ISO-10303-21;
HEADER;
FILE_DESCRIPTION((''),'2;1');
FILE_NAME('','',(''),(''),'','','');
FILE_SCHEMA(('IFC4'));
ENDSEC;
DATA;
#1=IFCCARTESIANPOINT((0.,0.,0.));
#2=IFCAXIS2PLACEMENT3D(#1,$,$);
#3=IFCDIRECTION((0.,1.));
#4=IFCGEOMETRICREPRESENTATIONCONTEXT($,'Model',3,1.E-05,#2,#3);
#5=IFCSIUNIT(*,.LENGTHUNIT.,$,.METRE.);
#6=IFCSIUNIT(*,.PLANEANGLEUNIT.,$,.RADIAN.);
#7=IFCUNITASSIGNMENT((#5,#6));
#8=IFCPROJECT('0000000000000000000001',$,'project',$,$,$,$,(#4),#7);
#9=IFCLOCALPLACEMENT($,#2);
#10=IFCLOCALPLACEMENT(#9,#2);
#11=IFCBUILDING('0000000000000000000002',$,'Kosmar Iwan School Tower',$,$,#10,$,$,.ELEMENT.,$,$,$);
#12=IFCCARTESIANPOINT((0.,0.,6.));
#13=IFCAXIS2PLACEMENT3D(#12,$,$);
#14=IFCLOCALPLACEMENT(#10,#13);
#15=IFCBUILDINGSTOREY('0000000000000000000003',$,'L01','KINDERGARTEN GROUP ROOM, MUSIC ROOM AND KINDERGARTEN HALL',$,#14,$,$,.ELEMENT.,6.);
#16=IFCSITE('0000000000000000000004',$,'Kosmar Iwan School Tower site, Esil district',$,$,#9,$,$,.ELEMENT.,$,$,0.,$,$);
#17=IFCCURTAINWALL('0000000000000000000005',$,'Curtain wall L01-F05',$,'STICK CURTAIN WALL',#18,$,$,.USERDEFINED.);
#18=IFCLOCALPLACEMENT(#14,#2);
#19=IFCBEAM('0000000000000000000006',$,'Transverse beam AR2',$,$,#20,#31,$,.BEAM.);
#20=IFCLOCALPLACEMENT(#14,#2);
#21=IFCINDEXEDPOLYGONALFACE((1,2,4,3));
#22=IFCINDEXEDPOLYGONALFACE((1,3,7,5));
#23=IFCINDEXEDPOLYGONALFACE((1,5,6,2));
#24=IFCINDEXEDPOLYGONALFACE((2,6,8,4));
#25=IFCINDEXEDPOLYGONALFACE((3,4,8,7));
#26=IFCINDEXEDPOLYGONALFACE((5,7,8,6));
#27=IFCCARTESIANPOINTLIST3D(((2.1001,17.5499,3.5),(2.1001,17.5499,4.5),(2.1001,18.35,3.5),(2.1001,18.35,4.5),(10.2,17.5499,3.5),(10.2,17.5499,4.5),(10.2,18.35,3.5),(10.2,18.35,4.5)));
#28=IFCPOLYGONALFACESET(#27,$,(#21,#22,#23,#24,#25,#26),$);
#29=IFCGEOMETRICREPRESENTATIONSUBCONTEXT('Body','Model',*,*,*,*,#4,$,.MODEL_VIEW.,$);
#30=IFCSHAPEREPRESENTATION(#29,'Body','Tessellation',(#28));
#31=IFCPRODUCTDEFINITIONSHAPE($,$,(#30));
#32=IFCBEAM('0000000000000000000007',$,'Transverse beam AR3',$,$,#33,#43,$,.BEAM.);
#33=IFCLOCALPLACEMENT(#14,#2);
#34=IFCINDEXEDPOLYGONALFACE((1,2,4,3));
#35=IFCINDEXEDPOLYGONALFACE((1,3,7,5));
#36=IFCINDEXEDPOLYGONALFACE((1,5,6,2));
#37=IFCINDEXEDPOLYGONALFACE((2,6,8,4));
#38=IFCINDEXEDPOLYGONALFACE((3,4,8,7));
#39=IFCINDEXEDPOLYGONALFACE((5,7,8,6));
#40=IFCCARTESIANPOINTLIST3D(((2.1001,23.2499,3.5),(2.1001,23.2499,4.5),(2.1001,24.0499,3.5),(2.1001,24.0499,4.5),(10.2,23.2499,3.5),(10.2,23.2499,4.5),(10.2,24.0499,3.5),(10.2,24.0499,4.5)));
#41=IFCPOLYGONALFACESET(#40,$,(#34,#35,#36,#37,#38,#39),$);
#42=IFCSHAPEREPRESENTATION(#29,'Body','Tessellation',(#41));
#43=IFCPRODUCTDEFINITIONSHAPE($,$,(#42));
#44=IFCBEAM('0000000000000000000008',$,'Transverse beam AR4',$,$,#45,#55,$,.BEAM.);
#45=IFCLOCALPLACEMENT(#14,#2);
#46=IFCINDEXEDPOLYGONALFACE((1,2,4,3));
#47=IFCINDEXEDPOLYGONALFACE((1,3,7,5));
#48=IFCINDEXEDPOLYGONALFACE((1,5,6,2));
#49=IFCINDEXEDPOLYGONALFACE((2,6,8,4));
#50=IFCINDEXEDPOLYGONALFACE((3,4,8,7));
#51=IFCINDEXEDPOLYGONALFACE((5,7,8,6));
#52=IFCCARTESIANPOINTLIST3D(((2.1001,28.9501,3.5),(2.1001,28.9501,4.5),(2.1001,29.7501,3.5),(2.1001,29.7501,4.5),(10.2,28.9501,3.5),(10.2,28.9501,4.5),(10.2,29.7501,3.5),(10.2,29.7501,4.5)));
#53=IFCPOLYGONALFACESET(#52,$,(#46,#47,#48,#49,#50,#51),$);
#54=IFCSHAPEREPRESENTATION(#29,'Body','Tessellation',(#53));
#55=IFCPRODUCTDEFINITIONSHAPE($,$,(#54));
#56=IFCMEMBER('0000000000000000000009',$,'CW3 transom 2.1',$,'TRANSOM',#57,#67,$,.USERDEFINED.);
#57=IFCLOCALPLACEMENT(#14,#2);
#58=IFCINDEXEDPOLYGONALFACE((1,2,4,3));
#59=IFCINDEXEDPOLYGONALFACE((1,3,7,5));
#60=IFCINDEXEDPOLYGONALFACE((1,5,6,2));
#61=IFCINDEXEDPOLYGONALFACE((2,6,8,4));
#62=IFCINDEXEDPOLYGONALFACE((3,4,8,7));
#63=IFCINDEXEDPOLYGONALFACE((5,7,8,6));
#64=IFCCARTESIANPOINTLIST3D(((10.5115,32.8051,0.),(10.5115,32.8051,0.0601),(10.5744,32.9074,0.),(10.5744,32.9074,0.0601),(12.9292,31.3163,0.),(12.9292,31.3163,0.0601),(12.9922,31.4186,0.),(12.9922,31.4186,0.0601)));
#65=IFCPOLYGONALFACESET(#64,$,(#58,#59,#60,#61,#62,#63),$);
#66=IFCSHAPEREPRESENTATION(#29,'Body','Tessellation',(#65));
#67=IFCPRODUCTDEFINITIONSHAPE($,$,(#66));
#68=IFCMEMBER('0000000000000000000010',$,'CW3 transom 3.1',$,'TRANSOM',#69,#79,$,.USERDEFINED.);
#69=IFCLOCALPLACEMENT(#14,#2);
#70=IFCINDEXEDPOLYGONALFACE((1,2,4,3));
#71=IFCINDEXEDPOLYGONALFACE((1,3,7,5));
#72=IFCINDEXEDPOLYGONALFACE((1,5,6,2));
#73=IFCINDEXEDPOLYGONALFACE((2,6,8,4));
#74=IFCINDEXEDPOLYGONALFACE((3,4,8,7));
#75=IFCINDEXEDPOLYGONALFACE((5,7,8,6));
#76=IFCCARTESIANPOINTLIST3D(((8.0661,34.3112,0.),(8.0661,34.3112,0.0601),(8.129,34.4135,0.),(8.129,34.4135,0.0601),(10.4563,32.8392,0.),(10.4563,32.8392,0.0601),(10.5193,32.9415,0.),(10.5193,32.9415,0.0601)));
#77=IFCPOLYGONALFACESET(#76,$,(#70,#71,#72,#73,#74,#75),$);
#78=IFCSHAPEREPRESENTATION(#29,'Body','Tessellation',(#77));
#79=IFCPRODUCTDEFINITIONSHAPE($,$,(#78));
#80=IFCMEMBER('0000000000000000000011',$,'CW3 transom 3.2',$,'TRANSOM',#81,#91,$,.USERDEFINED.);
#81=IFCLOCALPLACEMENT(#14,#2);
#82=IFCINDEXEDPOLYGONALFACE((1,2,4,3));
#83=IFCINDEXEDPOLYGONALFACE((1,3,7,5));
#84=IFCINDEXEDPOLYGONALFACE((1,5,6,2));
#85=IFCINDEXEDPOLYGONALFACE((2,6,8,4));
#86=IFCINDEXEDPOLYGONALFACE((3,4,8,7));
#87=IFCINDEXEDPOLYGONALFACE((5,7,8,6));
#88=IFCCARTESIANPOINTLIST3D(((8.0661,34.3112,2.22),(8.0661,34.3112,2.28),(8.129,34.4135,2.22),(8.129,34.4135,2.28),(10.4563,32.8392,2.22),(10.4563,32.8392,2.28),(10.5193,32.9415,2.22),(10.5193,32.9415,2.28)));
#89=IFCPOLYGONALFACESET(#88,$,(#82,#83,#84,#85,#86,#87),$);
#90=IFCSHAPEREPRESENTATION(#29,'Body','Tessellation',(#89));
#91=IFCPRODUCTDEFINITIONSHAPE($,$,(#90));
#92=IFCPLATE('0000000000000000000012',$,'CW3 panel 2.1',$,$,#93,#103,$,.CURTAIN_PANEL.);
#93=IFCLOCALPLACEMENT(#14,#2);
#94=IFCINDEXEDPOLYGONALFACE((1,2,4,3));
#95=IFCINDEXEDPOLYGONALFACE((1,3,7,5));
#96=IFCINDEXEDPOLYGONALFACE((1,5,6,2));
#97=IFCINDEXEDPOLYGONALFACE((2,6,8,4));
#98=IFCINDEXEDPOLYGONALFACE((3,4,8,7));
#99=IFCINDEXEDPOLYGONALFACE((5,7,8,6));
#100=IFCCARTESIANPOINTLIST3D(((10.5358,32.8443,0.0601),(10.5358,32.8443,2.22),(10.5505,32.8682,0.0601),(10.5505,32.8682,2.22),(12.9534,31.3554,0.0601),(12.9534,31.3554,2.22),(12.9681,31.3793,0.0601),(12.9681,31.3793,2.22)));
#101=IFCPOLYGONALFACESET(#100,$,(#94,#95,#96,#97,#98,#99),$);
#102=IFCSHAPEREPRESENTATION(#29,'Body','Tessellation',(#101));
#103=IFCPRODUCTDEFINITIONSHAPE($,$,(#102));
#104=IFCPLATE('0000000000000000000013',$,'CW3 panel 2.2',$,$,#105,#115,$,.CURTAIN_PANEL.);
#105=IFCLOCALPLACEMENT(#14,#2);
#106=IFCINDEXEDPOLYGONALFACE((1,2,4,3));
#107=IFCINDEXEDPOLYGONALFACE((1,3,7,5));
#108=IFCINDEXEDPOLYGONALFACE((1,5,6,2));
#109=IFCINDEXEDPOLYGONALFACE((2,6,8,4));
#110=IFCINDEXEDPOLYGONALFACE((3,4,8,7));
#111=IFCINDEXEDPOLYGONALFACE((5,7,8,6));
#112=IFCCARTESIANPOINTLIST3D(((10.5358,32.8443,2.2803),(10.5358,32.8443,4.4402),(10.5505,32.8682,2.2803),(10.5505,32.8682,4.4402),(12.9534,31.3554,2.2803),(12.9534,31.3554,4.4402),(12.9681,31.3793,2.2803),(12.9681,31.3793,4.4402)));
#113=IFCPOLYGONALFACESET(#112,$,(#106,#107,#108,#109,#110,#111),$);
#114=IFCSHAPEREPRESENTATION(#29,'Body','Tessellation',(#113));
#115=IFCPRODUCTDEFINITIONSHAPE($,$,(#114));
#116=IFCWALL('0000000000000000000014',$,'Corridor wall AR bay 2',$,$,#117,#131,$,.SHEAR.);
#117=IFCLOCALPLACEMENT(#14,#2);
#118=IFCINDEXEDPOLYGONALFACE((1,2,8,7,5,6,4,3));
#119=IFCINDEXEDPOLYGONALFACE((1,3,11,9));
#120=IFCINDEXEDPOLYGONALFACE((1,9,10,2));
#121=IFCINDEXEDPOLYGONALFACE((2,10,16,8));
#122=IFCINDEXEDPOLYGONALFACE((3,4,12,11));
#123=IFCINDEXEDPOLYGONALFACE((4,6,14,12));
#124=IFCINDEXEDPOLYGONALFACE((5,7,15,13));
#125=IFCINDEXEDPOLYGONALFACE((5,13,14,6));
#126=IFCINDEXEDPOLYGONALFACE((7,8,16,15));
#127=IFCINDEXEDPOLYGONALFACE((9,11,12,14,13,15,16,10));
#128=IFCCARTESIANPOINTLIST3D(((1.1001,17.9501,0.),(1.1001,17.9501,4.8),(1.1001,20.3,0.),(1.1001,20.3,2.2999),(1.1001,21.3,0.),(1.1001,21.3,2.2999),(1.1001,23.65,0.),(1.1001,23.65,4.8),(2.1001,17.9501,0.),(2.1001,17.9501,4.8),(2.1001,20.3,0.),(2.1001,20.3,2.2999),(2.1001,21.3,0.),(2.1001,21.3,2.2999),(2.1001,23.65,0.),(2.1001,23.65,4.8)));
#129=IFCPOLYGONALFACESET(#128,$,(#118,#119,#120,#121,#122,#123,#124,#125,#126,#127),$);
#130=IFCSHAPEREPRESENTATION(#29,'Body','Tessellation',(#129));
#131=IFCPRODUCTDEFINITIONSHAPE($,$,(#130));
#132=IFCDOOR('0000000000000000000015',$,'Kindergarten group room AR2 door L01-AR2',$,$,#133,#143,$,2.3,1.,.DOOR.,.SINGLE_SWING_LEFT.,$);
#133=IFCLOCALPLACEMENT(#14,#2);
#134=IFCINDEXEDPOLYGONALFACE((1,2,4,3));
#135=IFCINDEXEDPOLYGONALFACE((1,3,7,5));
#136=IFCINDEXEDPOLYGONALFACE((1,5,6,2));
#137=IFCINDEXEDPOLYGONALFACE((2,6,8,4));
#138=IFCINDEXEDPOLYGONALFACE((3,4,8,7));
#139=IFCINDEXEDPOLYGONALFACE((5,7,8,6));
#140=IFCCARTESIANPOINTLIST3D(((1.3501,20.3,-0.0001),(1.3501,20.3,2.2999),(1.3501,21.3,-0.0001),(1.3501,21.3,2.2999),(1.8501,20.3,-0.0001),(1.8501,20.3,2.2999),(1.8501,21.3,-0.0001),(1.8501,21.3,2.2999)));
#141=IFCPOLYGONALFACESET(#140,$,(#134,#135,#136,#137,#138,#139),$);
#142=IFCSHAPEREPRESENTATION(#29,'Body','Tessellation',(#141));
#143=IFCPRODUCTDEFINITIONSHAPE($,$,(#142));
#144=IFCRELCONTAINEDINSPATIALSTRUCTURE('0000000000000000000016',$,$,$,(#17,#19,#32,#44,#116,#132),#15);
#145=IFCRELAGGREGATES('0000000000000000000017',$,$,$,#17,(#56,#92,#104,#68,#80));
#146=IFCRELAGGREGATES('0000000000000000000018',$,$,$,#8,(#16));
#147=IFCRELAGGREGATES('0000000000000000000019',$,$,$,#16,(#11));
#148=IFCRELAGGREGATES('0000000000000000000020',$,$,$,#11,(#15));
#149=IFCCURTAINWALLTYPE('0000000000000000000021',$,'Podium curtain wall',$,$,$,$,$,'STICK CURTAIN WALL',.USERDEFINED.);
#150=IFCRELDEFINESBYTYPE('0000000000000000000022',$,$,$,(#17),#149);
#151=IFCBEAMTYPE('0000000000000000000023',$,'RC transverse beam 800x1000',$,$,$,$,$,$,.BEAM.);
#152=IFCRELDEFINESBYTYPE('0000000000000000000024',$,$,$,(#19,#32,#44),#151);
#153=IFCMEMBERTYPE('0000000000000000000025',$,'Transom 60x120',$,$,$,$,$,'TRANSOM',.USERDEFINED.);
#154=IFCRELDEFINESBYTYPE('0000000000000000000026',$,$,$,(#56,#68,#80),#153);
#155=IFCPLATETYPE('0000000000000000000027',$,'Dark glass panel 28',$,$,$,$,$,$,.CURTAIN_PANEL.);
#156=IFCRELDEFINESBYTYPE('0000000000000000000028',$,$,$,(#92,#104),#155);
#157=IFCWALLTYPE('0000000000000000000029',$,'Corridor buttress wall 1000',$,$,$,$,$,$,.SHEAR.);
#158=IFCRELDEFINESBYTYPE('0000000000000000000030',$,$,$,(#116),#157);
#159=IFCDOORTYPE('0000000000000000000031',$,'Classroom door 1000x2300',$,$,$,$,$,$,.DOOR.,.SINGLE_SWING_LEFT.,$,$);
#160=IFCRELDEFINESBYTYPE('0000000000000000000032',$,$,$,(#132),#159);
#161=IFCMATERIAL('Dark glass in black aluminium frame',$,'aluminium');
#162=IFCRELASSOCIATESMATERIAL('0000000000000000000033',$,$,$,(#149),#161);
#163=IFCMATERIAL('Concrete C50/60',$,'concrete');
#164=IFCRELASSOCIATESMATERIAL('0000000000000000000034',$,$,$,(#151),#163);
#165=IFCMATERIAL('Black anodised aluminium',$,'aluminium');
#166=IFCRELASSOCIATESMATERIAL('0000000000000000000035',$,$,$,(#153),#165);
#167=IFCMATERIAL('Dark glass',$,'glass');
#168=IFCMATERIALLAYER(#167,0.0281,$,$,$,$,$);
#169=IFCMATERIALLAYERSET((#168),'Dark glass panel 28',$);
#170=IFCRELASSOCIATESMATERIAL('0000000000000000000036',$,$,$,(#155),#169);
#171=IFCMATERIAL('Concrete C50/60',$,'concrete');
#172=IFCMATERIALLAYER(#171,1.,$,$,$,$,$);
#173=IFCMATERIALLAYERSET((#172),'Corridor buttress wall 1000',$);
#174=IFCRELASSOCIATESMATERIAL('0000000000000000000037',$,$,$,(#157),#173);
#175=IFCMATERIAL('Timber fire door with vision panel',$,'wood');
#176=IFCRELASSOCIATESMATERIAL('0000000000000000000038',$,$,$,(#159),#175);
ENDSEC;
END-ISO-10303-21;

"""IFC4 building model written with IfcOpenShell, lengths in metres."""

from ifc_helpers import new_model, si_unit, direction, frame, frame_2d, origin, origin_2d, place, context, subcontext, project, spatial, rectangle, extrude, material, layer, layer_set, material_profile, profile_set, type_object, element, fill, aggregate, save


model = new_model("IFC4")

# Units and contexts
model_context = context("Model", 3, precision=1e-05, world=origin(), true_north=direction((0.0, 1.0)))
body_context = subcontext(model_context, "Body", "Model", "MODEL_VIEW")
ifc_project = project(units=[si_unit("LENGTHUNIT", "METRE"), si_unit("PLANEANGLEUNIT", "RADIAN")], contexts=[model_context])

# Site, building, storey
site_placement = place(None, origin())
site = spatial("IfcSite", under=ifc_project, at=site_placement, Name="Kosmar Iwan School Tower site, Esil district", CompositionType="ELEMENT", RefElevation=0.0)
building_placement = place(site_placement, origin())
building = spatial("IfcBuilding", under=site, at=building_placement, Name="Kosmar Iwan School Tower", CompositionType="ELEMENT")
storey_placement = place(building_placement, frame((0.0, 0.0, 6.0)))
storey = spatial("IfcBuildingStorey", under=building, at=storey_placement, Name="L01", Description="KINDERGARTEN GROUP ROOM, MUSIC ROOM AND KINDERGARTEN HALL", CompositionType="ELEMENT", Elevation=6.0)

# Curtain wall
ifc_material_1 = material(Name="Dark glass in black aluminium frame", Category="aluminium")
curtain_wall_type = type_object("IfcCurtainWallType", Name="Podium curtain wall", ElementType="STICK CURTAIN WALL", PredefinedType="USERDEFINED", material=ifc_material_1)
curtain_wall_placement = place(storey_placement, origin())
curtain_wall = element("IfcCurtainWall", 1, at=curtain_wall_placement, inside=storey, type_object=curtain_wall_type, Name="Curtain wall L01-F05", ObjectType="STICK CURTAIN WALL", PredefinedType="USERDEFINED")

# Beams
ifc_material_2 = material(Name="Concrete C50/60", Category="concrete")
ifc_material_profile_1 = material_profile(ifc_material_2, rectangle(XDim=0.8, YDim=1.0, at=origin_2d()), Name="RC 800x1000")
ifc_profile_set_1 = profile_set([ifc_material_profile_1], Name="Concrete C50/60")
beam_type_1 = type_object("IfcBeamType", Name="RC transverse beam 800x1000", PredefinedType="BEAM", material=ifc_profile_set_1)
for number, where, z_axis, x_axis, name in (
    (2, (10.2, 17.95, 4.0), (-1.0, 0.0, 0.0), (0.0, -1.0, 0.0), "Transverse beam AR2"),
    (3, (10.2, 23.6499, 4.0), (-1.0, 0.0, 0.0), (0.0, -1.0, 0.0), "Transverse beam AR3"),
    (4, (10.2, 29.3501, 4.0), (-1.0, 0.0, 0.0), (0.0, -1.0, 0.0), "Transverse beam AR4"),
):
    element("IfcBeam", number, at=place(storey_placement, frame(where, z_axis=z_axis, x_axis=x_axis)), inside=storey, type_object=beam_type_1, Name=name, PredefinedType="BEAM", context=body_context, shape_type="SweptSolid", body=[
        extrude(rectangle(XDim=0.8, YDim=1.0, at=origin_2d()), origin(), (0.0, 0.0, 1.0), 8.0999),
    ])

# Members
ifc_material_3 = material(Name="Black anodised aluminium", Category="aluminium")
ifc_material_profile_2 = material_profile(ifc_material_3, rectangle(XDim=0.1201, YDim=0.0601, at=origin_2d()), Name="TRANSOM 60x120")
ifc_profile_set_2 = profile_set([ifc_material_profile_2], Name="Black anodised aluminium")
member_type_1 = type_object("IfcMemberType", Name="Transom 60x120", ElementType="TRANSOM", PredefinedType="USERDEFINED", material=ifc_profile_set_2)
member_1_placement = place(storey_placement, frame((12.9607, 31.3674, 0.03), z_axis=(-0.851511, 0.524337, 0.0), x_axis=(-0.524337, -0.851511, 0.0)))
member_1 = element("IfcMember", 5, at=member_1_placement, type_object=member_type_1, Name="CW3 transom 2.1", ObjectType="TRANSOM", PredefinedType="USERDEFINED", context=body_context, shape_type="SweptSolid", body=[
    extrude(rectangle(XDim=0.1201, YDim=0.0601, at=origin_2d()), origin(), (0.0, 0.0, 1.0), 2.8394),
])
member_2_placement = place(storey_placement, frame((10.4878, 32.8904, 0.03), z_axis=(-0.851488, 0.524374, 0.0), x_axis=(-0.524374, -0.851488, 0.0)))
member_2 = element("IfcMember", 6, at=member_2_placement, type_object=member_type_1, Name="CW3 transom 3.1", ObjectType="TRANSOM", PredefinedType="USERDEFINED", context=body_context, shape_type="SweptSolid", body=[
    extrude(rectangle(XDim=0.1201, YDim=0.0601, at=origin_2d()), origin(), (0.0, 0.0, 1.0), 2.8071),
])
member_3_placement = place(storey_placement, frame((10.4878, 32.8904, 2.25), z_axis=(-0.851488, 0.524374, 0.0), x_axis=(-0.524374, -0.851488, 0.0)))
member_3 = element("IfcMember", 7, at=member_3_placement, type_object=member_type_1, Name="CW3 transom 3.2", ObjectType="TRANSOM", PredefinedType="USERDEFINED", context=body_context, shape_type="SweptSolid", body=[
    extrude(rectangle(XDim=0.1201, YDim=0.0601, at=origin_2d()), origin(), (0.0, 0.0, 1.0), 2.8071),
])

# Plates
ifc_material_4 = material(Name="Dark glass", Category="glass")
ifc_layer_1 = layer(ifc_material_4, 0.0281)
ifc_layer_set_1 = layer_set([ifc_layer_1], Name="Dark glass panel 28")
plate_type = type_object("IfcPlateType", Name="Dark glass panel 28", PredefinedType="CURTAIN_PANEL", material=ifc_layer_set_1)
plate_1_placement = place(storey_placement, frame((11.752, 32.1118, 0.0601), z_axis=(0.0, 0.0, 1.0), x_axis=(-0.851483, 0.524382, 0.0)))
plate_1 = element("IfcPlate", 8, at=plate_1_placement, type_object=plate_type, Name="CW3 panel 2.1", PredefinedType="CURTAIN_PANEL", context=body_context, shape_type="SweptSolid", body=[
    extrude(rectangle(XDim=2.8394, YDim=0.0281, at=origin_2d()), origin(), (0.0, 0.0, 1.0), 2.1599),
])
plate_2_placement = place(storey_placement, frame((11.752, 32.1118, 2.2803), z_axis=(0.0, 0.0, 1.0), x_axis=(-0.851483, 0.524382, 0.0)))
plate_2 = element("IfcPlate", 9, at=plate_2_placement, type_object=plate_type, Name="CW3 panel 2.2", PredefinedType="CURTAIN_PANEL", context=body_context, shape_type="SweptSolid", body=[
    extrude(rectangle(XDim=2.8394, YDim=0.0281, at=origin_2d()), origin(), (0.0, 0.0, 1.0), 2.1599),
])
aggregate(curtain_wall, [member_1, plate_1, plate_2, member_2, member_3])

# Wall, opening, door
ifc_material_5 = material(Name="Concrete C50/60", Category="concrete")
ifc_layer_2 = layer(ifc_material_5, 1.0)
ifc_layer_set_2 = layer_set([ifc_layer_2], Name="Corridor buttress wall 1000")
wall_type_1 = type_object("IfcWallType", Name="Corridor buttress wall 1000", PredefinedType="SHEAR", material=ifc_layer_set_2)
wall_1_placement = place(storey_placement, frame((1.6001, 17.95, 0.0), z_axis=(0.0, 0.0, 1.0), x_axis=(0.0, 1.0, 0.0)))
wall_1 = element("IfcWall", 10, at=wall_1_placement, inside=storey, type_object=wall_type_1, Name="Corridor wall AR bay 2", PredefinedType="SHEAR", context=body_context, shape_type="SweptSolid", body=[
    extrude(rectangle(XDim=5.7, YDim=1.0, at=frame_2d((2.8501, 0.0))), origin(), (0.0, 0.0, 1.0), 4.8),
])
opening_1_placement = place(wall_1_placement, frame((2.3501, 0.0, 0.0)))
opening_1 = element("IfcOpeningElement", 11, at=opening_1_placement, cuts=wall_1, PredefinedType="OPENING", context=body_context, shape_type="SweptSolid", body=[
    extrude(rectangle(XDim=1.0, YDim=2.3, at=frame_2d((0.5, 1.1499))), frame((0.0, 0.512, 0.0), z_axis=(0.0, -1.0, 0.0), x_axis=(1.0, 0.0, 0.0)), (0.0, 0.0, 1.0), 1.0239),
])
ifc_material_6 = material(Name="Timber fire door with vision panel", Category="wood")
door_type = type_object("IfcDoorType", Name="Classroom door 1000x2300", OperationType="SINGLE_SWING_LEFT", PredefinedType="DOOR", material=ifc_material_6)
door_1_placement = place(opening_1_placement, origin())
door_1 = element("IfcDoor", 12, at=door_1_placement, inside=storey, type_object=door_type, Name="Kindergarten group room AR2 door L01-AR2", OperationType="SINGLE_SWING_LEFT", OverallHeight=2.3, OverallWidth=1.0, PredefinedType="DOOR", context=body_context, shape_type="SweptSolid", body=[
    extrude(rectangle(XDim=1.0, YDim=2.3, at=frame_2d((0.5, 1.1499))), frame((0.0, 0.25, 0.0), z_axis=(0.0, -1.0, 0.0), x_axis=(1.0, 0.0, 0.0)), (0.0, 0.0, 1.0), 0.5),
])
fill(opening_1, door_1)

save(model, "model.ifc")
